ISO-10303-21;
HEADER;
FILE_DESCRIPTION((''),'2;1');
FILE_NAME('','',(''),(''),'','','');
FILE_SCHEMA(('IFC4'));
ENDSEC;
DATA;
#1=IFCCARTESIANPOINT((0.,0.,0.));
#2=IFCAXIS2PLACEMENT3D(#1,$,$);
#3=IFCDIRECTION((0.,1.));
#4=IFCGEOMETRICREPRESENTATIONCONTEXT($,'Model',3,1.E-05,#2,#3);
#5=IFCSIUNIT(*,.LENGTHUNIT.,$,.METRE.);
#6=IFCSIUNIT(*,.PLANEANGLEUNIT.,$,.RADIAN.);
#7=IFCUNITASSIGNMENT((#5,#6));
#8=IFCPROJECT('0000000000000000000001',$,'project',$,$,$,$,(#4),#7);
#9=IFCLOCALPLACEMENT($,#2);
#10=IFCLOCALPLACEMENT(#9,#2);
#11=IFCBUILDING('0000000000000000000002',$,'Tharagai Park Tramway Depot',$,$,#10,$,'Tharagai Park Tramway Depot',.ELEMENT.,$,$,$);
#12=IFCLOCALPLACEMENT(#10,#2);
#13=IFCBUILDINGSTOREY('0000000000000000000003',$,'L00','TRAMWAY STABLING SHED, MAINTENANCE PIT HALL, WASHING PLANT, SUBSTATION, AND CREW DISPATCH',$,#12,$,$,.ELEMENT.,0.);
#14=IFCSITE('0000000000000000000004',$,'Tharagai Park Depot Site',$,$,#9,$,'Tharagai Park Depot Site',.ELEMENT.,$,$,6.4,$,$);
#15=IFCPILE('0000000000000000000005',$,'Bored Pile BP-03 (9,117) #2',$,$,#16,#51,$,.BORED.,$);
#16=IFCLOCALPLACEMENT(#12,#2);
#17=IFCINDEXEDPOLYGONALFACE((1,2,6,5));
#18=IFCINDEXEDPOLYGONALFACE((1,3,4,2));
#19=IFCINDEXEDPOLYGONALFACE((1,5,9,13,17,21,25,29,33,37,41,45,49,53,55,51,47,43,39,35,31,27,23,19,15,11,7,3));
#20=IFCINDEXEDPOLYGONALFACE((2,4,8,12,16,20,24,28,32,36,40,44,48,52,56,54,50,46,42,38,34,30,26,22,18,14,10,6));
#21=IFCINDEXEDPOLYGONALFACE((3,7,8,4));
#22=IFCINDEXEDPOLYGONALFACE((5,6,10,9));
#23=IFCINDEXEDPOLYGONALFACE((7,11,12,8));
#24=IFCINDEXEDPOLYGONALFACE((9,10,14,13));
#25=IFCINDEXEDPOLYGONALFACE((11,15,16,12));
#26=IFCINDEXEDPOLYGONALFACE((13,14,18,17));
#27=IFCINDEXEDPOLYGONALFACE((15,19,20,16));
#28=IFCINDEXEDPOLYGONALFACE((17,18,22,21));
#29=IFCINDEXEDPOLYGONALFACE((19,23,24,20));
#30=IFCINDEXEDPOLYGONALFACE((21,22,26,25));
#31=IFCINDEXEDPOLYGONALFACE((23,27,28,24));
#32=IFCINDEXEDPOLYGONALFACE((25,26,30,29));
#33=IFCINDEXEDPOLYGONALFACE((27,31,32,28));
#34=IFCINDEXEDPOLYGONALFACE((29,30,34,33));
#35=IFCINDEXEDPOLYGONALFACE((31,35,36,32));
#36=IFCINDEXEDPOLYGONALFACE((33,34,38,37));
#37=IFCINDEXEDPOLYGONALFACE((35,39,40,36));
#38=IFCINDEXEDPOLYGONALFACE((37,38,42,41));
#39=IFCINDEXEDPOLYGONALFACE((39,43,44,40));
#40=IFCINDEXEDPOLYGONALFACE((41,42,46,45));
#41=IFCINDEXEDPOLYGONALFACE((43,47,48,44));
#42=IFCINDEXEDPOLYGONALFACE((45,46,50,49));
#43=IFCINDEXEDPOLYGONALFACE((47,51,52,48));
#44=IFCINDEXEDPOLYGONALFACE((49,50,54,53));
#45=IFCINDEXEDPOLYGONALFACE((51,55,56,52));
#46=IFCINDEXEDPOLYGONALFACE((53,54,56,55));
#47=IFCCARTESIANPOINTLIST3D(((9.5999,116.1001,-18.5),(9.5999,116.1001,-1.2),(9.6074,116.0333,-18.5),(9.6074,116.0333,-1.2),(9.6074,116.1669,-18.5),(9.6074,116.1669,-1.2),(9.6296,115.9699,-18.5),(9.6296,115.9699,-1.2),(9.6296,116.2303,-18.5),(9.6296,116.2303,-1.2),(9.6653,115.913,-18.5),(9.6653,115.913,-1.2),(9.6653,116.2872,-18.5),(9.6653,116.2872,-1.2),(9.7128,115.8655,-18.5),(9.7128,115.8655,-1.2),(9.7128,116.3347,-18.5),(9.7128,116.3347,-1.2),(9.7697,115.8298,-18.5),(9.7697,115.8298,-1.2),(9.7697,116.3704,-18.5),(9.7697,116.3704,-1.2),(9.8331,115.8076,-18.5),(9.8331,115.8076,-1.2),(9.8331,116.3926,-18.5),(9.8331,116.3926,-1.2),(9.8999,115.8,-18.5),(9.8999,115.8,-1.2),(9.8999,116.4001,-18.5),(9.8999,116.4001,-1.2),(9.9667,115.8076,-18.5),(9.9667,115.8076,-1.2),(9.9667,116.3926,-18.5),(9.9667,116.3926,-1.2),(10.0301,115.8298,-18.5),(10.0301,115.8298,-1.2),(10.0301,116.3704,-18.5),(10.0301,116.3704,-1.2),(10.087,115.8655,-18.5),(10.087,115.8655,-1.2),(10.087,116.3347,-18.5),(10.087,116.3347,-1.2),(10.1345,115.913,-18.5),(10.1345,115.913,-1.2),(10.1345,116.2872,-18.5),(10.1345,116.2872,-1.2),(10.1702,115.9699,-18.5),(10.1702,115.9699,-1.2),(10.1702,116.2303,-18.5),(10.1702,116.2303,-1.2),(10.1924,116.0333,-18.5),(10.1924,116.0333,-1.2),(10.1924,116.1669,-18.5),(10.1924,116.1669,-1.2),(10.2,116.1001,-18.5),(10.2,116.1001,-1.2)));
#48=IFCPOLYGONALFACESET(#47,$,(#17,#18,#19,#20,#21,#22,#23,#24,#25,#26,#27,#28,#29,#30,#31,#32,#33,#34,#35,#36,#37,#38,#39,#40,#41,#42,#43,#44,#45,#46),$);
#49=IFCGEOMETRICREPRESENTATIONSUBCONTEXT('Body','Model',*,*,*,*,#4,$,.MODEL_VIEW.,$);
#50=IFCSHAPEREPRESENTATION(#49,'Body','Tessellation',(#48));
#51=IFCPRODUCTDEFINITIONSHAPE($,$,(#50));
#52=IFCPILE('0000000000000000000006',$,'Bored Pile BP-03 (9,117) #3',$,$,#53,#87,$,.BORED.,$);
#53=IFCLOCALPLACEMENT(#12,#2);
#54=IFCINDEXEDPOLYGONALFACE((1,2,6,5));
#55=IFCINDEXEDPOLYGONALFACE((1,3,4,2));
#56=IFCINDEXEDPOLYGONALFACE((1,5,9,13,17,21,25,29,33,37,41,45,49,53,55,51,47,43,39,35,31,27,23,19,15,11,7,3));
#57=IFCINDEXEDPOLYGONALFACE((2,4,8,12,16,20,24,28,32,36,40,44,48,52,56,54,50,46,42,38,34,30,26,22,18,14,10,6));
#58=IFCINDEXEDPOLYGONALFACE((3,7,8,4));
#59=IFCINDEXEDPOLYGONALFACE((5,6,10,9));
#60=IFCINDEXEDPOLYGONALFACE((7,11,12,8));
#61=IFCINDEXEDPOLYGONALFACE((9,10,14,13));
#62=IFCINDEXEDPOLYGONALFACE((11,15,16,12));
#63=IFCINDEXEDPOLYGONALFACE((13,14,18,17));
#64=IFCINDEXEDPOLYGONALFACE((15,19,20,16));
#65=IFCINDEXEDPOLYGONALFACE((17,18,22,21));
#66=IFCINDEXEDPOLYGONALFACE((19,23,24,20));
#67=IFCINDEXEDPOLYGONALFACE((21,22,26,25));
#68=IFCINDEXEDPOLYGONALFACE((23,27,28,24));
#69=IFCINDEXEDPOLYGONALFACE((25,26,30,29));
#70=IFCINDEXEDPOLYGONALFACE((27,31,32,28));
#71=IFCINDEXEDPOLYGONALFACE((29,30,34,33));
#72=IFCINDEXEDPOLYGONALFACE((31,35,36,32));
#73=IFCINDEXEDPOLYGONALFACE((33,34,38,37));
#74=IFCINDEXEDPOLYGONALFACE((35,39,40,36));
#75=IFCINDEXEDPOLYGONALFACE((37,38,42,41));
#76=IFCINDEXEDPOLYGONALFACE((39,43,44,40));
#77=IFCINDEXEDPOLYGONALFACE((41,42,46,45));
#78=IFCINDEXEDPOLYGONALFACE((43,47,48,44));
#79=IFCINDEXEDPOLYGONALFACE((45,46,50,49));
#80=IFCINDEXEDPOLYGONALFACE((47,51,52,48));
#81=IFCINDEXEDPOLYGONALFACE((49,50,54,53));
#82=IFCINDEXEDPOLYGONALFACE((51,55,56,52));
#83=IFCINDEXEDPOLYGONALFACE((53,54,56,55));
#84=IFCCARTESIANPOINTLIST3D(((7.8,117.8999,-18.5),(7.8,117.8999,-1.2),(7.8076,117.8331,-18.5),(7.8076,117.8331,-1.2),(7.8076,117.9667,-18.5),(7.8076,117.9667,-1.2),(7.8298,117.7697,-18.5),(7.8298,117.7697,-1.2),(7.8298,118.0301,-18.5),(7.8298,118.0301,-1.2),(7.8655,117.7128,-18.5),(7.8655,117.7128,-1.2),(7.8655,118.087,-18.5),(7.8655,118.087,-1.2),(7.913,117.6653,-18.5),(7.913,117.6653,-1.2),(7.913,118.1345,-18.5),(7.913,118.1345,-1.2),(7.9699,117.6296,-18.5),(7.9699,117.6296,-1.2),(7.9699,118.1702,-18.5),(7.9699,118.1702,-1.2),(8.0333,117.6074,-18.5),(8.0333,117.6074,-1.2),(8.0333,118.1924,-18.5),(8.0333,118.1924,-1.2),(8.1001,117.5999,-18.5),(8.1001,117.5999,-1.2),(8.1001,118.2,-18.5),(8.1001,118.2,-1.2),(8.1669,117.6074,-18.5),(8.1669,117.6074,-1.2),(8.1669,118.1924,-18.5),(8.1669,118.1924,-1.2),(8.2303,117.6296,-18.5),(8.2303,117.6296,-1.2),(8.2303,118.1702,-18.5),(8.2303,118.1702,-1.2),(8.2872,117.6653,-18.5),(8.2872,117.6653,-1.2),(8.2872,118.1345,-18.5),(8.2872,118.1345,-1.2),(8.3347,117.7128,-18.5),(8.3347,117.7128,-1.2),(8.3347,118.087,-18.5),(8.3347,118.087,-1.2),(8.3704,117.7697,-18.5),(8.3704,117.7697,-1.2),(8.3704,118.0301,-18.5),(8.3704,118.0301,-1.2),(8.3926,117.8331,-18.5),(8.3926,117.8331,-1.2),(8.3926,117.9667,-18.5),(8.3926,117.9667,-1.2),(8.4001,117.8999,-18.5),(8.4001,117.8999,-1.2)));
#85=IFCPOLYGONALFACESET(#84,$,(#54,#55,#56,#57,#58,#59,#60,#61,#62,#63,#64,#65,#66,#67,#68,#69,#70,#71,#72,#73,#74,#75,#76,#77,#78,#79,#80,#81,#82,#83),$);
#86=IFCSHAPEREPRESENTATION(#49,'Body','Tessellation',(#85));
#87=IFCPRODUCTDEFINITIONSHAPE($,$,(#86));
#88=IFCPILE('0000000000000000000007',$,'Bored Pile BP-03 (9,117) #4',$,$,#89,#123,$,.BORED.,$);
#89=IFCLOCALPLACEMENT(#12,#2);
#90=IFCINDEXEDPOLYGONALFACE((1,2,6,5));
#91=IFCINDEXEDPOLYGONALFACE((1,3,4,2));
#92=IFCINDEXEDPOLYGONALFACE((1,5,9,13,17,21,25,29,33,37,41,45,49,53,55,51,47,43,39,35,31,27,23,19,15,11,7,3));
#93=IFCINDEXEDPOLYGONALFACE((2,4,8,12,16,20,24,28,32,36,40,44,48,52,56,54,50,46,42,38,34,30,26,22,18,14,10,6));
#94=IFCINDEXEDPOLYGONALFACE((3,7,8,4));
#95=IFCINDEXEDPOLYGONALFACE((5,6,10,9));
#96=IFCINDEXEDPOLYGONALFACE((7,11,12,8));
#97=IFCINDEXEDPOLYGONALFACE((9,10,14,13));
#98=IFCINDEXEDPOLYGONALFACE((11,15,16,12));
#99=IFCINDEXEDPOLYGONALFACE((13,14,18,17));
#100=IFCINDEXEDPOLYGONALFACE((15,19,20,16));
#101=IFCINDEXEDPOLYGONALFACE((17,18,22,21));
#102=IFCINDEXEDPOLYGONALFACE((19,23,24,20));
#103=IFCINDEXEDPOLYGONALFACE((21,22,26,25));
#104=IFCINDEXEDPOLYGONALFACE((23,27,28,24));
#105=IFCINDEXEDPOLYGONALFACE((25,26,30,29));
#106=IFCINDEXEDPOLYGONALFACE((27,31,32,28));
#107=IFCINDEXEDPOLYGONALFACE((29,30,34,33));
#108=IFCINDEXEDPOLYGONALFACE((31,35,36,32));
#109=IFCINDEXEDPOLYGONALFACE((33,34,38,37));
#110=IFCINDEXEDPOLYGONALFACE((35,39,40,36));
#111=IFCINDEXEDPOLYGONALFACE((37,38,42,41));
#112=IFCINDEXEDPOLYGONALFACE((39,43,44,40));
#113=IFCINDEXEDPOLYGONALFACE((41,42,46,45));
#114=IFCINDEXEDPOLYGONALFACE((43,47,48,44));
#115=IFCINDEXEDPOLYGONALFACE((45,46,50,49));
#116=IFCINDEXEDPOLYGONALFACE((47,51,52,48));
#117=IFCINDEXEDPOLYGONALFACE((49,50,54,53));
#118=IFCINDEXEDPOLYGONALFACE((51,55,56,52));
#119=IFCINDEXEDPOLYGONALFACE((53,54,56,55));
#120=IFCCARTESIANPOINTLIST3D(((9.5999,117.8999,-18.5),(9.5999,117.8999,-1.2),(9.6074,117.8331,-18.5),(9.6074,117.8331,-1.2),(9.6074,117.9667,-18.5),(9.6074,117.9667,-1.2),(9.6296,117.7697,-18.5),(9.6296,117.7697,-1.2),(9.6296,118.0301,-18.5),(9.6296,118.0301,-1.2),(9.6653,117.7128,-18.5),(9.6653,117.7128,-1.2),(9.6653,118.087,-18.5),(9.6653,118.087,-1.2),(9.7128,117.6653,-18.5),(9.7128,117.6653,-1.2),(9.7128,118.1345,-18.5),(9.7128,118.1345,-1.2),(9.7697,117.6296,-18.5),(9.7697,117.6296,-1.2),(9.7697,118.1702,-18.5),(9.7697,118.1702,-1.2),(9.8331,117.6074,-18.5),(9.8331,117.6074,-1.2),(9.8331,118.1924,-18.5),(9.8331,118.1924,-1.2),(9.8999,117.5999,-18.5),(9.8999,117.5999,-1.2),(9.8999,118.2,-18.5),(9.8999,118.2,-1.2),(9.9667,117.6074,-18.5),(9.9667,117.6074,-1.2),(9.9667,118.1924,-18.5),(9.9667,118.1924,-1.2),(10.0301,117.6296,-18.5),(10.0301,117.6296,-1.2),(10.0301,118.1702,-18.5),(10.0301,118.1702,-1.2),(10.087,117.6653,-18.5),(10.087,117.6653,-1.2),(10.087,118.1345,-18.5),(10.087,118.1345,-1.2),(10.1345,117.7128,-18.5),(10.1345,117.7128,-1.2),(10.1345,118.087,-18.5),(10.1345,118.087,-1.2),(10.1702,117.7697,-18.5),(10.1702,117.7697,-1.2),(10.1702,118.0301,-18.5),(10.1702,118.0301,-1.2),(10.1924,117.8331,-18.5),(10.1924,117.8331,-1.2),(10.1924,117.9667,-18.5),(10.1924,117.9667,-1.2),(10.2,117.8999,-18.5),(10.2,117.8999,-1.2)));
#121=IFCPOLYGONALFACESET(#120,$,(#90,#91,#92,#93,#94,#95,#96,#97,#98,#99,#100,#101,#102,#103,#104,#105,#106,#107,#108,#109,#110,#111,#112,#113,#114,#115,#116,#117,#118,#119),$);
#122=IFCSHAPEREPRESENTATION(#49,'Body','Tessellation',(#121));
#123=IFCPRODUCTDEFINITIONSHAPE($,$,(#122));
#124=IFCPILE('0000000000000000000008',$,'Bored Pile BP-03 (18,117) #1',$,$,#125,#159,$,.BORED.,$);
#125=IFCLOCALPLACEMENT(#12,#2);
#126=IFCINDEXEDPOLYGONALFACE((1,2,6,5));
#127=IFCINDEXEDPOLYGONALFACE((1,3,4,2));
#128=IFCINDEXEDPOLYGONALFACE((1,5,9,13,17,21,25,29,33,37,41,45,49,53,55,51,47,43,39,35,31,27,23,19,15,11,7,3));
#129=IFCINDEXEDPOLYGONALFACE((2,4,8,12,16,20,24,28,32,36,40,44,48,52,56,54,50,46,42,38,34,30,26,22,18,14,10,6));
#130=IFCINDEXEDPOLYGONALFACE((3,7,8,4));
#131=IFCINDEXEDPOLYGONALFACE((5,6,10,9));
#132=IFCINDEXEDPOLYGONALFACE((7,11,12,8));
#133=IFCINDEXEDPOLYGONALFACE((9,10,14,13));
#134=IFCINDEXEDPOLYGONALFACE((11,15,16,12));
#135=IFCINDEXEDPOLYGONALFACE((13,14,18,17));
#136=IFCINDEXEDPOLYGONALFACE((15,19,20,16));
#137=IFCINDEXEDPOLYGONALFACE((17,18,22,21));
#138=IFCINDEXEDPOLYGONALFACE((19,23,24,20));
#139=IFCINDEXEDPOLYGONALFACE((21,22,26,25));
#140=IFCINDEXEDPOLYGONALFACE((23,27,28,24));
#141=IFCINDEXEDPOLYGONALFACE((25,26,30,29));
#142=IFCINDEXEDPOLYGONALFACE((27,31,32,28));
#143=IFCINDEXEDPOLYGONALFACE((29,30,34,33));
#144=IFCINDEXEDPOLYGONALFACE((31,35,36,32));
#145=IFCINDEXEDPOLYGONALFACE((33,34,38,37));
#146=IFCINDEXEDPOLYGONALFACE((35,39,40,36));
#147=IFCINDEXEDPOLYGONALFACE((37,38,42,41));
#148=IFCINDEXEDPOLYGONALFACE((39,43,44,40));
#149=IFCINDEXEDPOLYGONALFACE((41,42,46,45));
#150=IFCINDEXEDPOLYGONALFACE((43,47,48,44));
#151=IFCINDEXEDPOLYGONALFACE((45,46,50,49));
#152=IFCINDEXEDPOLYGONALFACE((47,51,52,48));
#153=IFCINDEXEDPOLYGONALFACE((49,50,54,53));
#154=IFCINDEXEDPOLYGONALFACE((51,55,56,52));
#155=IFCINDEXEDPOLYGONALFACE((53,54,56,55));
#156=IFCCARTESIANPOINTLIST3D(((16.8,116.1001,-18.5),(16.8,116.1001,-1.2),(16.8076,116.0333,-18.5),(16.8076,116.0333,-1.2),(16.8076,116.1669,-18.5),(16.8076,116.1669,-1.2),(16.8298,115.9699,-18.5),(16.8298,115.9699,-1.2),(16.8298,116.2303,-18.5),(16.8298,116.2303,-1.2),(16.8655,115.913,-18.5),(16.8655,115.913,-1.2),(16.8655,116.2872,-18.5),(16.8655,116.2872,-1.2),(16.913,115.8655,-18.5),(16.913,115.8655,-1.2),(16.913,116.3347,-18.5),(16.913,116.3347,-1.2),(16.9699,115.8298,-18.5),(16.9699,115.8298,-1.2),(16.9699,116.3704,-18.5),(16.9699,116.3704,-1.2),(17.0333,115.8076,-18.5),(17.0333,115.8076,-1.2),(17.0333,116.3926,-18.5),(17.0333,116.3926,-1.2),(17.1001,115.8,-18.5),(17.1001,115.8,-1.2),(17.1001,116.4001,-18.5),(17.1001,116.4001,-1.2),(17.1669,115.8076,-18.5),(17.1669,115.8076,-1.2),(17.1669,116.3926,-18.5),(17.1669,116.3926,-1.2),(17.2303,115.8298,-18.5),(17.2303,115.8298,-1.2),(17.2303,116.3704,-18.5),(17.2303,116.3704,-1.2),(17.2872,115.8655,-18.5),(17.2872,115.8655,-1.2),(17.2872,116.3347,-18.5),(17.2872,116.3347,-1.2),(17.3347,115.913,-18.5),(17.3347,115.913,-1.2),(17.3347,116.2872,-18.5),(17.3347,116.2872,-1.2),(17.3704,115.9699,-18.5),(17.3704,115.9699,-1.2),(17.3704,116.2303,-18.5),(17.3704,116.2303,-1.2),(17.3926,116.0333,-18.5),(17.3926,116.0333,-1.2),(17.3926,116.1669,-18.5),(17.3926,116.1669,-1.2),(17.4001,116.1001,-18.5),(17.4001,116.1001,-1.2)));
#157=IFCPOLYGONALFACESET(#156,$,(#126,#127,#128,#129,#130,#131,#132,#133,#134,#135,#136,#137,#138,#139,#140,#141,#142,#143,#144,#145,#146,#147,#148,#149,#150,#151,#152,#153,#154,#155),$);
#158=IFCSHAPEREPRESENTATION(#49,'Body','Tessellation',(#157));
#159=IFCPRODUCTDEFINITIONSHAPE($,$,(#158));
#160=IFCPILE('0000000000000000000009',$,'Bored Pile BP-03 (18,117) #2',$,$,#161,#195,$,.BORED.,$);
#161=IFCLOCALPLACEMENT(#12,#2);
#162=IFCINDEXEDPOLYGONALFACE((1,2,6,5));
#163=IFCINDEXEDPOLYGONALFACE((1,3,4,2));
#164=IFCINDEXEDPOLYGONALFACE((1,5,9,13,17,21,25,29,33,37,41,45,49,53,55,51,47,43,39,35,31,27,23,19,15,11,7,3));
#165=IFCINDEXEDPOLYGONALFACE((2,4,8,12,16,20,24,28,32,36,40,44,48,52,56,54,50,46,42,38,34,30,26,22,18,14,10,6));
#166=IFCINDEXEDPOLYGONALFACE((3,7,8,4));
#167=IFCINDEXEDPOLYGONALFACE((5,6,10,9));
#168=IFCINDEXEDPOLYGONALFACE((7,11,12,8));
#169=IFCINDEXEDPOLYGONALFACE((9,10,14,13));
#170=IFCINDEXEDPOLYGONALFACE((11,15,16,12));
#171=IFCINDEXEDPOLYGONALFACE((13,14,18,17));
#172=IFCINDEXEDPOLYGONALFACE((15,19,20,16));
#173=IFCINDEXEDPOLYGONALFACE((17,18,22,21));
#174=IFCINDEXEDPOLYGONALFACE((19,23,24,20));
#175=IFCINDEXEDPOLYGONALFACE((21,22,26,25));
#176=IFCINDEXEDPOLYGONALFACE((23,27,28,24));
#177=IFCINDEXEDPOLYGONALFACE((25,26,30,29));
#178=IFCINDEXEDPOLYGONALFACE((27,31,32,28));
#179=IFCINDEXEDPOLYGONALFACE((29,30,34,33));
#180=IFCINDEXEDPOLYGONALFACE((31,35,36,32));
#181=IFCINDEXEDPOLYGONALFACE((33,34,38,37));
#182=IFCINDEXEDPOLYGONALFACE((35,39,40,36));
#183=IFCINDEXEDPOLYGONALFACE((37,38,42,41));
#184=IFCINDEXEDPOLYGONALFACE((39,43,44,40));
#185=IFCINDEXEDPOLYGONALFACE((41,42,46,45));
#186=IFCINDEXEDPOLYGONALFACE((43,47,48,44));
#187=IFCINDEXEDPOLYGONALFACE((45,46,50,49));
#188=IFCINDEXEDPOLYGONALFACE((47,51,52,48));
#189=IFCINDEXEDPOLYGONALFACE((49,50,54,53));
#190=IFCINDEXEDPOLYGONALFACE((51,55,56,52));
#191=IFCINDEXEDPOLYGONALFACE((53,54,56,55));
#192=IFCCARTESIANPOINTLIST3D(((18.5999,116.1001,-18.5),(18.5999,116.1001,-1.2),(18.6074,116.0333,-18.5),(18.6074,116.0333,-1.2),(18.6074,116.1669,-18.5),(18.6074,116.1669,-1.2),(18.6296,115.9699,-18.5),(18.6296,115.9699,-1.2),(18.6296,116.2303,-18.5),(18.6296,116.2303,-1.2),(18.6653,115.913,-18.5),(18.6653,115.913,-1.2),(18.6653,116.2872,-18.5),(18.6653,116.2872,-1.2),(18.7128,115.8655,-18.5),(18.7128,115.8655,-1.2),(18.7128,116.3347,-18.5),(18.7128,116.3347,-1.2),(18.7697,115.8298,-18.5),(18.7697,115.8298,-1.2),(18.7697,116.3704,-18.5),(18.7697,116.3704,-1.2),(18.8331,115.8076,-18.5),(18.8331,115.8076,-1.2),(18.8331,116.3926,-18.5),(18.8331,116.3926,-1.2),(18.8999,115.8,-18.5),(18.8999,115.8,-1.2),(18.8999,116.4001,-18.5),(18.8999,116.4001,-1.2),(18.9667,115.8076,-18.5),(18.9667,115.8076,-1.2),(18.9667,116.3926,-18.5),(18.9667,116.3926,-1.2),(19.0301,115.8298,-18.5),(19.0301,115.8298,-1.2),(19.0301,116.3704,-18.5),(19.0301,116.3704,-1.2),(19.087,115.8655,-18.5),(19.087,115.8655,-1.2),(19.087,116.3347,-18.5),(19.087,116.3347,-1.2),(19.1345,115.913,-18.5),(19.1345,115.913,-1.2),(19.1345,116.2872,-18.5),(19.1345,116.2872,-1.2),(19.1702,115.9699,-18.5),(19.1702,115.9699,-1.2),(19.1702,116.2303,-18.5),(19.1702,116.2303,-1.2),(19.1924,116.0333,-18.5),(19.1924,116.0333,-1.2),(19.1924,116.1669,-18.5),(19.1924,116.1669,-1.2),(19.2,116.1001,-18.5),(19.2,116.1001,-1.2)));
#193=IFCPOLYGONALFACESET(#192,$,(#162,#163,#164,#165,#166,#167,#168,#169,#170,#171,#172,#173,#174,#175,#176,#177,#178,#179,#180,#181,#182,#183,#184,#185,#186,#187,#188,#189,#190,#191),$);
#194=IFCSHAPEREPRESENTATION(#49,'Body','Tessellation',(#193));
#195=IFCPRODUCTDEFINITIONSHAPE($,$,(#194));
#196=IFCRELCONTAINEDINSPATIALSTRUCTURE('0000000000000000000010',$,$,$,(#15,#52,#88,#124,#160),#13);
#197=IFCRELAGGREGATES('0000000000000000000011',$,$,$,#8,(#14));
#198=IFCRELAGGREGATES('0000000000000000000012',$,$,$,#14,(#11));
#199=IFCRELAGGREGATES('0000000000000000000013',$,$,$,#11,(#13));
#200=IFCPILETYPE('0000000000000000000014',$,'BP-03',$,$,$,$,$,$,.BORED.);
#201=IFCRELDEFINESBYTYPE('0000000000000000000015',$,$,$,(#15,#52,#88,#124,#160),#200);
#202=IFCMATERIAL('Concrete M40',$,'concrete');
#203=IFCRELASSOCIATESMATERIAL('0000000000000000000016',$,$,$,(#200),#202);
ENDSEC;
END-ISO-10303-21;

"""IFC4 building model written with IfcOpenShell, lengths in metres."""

from ifc_helpers import new_model, si_unit, direction, frame, origin, origin_2d, place, context, subcontext, project, spatial, circle, extrude, material, material_profile, profile_set, type_object, element, save


model = new_model("IFC4")

# Units and contexts
model_context = context("Model", 3, precision=1e-05, world=origin(), true_north=direction((0.0, 1.0)))
body_context = subcontext(model_context, "Body", "Model", "MODEL_VIEW")
ifc_project = project(units=[si_unit("LENGTHUNIT", "METRE"), si_unit("PLANEANGLEUNIT", "RADIAN")], contexts=[model_context])

# Site, building, storey
site_placement = place(None, origin())
site = spatial("IfcSite", under=ifc_project, at=site_placement, Name="Tharagai Park Depot Site", LongName="Tharagai Park Depot Site", CompositionType="ELEMENT", RefElevation=6.4)
building_placement = place(site_placement, origin())
building = spatial("IfcBuilding", under=site, at=building_placement, Name="Tharagai Park Tramway Depot", LongName="Tharagai Park Tramway Depot", CompositionType="ELEMENT")
storey_placement = place(building_placement, origin())
storey = spatial("IfcBuildingStorey", under=building, at=storey_placement, Name="L00", Description="TRAMWAY STABLING SHED, MAINTENANCE PIT HALL, WASHING PLANT, SUBSTATION, AND CREW DISPATCH", CompositionType="ELEMENT", Elevation=0.0)

# Piles
ifc_material_1 = material(Name="Concrete M40", Category="concrete")
ifc_material_profile_1 = material_profile(ifc_material_1, circle(Radius=0.3, at=origin_2d()), Name="PILE D600")
ifc_profile_set_1 = profile_set([ifc_material_profile_1], Name="Concrete M40")
pile_type = type_object("IfcPileType", Name="BP-03", PredefinedType="BORED", material=ifc_profile_set_1)
for number, where, z_axis, x_axis, name in (
    (1, (9.8999, 116.1001, -1.2), (0.0, 0.0, -1.0), (1.0, 0.0, 0.0), "Bored Pile BP-03 (9,117) #2"),
    (2, (8.1001, 117.8999, -1.2), (0.0, 0.0, -1.0), (1.0, 0.0, 0.0), "Bored Pile BP-03 (9,117) #3"),
    (3, (9.8999, 117.8999, -1.2), (0.0, 0.0, -1.0), (1.0, 0.0, 0.0), "Bored Pile BP-03 (9,117) #4"),
    (4, (17.1001, 116.1001, -1.2), (0.0, 0.0, -1.0), (1.0, 0.0, 0.0), "Bored Pile BP-03 (18,117) #1"),
    (5, (18.8999, 116.1001, -1.2), (0.0, 0.0, -1.0), (1.0, 0.0, 0.0), "Bored Pile BP-03 (18,117) #2"),
):
    element("IfcPile", number, at=place(storey_placement, frame(where, z_axis=z_axis, x_axis=x_axis)), inside=storey, type_object=pile_type, Name=name, PredefinedType="BORED", context=body_context, shape_type="SweptSolid", body=[
        extrude(circle(Radius=0.3, at=origin_2d()), origin(), (0.0, 0.0, 1.0), 17.3),
    ])

save(model, "model.ifc")
